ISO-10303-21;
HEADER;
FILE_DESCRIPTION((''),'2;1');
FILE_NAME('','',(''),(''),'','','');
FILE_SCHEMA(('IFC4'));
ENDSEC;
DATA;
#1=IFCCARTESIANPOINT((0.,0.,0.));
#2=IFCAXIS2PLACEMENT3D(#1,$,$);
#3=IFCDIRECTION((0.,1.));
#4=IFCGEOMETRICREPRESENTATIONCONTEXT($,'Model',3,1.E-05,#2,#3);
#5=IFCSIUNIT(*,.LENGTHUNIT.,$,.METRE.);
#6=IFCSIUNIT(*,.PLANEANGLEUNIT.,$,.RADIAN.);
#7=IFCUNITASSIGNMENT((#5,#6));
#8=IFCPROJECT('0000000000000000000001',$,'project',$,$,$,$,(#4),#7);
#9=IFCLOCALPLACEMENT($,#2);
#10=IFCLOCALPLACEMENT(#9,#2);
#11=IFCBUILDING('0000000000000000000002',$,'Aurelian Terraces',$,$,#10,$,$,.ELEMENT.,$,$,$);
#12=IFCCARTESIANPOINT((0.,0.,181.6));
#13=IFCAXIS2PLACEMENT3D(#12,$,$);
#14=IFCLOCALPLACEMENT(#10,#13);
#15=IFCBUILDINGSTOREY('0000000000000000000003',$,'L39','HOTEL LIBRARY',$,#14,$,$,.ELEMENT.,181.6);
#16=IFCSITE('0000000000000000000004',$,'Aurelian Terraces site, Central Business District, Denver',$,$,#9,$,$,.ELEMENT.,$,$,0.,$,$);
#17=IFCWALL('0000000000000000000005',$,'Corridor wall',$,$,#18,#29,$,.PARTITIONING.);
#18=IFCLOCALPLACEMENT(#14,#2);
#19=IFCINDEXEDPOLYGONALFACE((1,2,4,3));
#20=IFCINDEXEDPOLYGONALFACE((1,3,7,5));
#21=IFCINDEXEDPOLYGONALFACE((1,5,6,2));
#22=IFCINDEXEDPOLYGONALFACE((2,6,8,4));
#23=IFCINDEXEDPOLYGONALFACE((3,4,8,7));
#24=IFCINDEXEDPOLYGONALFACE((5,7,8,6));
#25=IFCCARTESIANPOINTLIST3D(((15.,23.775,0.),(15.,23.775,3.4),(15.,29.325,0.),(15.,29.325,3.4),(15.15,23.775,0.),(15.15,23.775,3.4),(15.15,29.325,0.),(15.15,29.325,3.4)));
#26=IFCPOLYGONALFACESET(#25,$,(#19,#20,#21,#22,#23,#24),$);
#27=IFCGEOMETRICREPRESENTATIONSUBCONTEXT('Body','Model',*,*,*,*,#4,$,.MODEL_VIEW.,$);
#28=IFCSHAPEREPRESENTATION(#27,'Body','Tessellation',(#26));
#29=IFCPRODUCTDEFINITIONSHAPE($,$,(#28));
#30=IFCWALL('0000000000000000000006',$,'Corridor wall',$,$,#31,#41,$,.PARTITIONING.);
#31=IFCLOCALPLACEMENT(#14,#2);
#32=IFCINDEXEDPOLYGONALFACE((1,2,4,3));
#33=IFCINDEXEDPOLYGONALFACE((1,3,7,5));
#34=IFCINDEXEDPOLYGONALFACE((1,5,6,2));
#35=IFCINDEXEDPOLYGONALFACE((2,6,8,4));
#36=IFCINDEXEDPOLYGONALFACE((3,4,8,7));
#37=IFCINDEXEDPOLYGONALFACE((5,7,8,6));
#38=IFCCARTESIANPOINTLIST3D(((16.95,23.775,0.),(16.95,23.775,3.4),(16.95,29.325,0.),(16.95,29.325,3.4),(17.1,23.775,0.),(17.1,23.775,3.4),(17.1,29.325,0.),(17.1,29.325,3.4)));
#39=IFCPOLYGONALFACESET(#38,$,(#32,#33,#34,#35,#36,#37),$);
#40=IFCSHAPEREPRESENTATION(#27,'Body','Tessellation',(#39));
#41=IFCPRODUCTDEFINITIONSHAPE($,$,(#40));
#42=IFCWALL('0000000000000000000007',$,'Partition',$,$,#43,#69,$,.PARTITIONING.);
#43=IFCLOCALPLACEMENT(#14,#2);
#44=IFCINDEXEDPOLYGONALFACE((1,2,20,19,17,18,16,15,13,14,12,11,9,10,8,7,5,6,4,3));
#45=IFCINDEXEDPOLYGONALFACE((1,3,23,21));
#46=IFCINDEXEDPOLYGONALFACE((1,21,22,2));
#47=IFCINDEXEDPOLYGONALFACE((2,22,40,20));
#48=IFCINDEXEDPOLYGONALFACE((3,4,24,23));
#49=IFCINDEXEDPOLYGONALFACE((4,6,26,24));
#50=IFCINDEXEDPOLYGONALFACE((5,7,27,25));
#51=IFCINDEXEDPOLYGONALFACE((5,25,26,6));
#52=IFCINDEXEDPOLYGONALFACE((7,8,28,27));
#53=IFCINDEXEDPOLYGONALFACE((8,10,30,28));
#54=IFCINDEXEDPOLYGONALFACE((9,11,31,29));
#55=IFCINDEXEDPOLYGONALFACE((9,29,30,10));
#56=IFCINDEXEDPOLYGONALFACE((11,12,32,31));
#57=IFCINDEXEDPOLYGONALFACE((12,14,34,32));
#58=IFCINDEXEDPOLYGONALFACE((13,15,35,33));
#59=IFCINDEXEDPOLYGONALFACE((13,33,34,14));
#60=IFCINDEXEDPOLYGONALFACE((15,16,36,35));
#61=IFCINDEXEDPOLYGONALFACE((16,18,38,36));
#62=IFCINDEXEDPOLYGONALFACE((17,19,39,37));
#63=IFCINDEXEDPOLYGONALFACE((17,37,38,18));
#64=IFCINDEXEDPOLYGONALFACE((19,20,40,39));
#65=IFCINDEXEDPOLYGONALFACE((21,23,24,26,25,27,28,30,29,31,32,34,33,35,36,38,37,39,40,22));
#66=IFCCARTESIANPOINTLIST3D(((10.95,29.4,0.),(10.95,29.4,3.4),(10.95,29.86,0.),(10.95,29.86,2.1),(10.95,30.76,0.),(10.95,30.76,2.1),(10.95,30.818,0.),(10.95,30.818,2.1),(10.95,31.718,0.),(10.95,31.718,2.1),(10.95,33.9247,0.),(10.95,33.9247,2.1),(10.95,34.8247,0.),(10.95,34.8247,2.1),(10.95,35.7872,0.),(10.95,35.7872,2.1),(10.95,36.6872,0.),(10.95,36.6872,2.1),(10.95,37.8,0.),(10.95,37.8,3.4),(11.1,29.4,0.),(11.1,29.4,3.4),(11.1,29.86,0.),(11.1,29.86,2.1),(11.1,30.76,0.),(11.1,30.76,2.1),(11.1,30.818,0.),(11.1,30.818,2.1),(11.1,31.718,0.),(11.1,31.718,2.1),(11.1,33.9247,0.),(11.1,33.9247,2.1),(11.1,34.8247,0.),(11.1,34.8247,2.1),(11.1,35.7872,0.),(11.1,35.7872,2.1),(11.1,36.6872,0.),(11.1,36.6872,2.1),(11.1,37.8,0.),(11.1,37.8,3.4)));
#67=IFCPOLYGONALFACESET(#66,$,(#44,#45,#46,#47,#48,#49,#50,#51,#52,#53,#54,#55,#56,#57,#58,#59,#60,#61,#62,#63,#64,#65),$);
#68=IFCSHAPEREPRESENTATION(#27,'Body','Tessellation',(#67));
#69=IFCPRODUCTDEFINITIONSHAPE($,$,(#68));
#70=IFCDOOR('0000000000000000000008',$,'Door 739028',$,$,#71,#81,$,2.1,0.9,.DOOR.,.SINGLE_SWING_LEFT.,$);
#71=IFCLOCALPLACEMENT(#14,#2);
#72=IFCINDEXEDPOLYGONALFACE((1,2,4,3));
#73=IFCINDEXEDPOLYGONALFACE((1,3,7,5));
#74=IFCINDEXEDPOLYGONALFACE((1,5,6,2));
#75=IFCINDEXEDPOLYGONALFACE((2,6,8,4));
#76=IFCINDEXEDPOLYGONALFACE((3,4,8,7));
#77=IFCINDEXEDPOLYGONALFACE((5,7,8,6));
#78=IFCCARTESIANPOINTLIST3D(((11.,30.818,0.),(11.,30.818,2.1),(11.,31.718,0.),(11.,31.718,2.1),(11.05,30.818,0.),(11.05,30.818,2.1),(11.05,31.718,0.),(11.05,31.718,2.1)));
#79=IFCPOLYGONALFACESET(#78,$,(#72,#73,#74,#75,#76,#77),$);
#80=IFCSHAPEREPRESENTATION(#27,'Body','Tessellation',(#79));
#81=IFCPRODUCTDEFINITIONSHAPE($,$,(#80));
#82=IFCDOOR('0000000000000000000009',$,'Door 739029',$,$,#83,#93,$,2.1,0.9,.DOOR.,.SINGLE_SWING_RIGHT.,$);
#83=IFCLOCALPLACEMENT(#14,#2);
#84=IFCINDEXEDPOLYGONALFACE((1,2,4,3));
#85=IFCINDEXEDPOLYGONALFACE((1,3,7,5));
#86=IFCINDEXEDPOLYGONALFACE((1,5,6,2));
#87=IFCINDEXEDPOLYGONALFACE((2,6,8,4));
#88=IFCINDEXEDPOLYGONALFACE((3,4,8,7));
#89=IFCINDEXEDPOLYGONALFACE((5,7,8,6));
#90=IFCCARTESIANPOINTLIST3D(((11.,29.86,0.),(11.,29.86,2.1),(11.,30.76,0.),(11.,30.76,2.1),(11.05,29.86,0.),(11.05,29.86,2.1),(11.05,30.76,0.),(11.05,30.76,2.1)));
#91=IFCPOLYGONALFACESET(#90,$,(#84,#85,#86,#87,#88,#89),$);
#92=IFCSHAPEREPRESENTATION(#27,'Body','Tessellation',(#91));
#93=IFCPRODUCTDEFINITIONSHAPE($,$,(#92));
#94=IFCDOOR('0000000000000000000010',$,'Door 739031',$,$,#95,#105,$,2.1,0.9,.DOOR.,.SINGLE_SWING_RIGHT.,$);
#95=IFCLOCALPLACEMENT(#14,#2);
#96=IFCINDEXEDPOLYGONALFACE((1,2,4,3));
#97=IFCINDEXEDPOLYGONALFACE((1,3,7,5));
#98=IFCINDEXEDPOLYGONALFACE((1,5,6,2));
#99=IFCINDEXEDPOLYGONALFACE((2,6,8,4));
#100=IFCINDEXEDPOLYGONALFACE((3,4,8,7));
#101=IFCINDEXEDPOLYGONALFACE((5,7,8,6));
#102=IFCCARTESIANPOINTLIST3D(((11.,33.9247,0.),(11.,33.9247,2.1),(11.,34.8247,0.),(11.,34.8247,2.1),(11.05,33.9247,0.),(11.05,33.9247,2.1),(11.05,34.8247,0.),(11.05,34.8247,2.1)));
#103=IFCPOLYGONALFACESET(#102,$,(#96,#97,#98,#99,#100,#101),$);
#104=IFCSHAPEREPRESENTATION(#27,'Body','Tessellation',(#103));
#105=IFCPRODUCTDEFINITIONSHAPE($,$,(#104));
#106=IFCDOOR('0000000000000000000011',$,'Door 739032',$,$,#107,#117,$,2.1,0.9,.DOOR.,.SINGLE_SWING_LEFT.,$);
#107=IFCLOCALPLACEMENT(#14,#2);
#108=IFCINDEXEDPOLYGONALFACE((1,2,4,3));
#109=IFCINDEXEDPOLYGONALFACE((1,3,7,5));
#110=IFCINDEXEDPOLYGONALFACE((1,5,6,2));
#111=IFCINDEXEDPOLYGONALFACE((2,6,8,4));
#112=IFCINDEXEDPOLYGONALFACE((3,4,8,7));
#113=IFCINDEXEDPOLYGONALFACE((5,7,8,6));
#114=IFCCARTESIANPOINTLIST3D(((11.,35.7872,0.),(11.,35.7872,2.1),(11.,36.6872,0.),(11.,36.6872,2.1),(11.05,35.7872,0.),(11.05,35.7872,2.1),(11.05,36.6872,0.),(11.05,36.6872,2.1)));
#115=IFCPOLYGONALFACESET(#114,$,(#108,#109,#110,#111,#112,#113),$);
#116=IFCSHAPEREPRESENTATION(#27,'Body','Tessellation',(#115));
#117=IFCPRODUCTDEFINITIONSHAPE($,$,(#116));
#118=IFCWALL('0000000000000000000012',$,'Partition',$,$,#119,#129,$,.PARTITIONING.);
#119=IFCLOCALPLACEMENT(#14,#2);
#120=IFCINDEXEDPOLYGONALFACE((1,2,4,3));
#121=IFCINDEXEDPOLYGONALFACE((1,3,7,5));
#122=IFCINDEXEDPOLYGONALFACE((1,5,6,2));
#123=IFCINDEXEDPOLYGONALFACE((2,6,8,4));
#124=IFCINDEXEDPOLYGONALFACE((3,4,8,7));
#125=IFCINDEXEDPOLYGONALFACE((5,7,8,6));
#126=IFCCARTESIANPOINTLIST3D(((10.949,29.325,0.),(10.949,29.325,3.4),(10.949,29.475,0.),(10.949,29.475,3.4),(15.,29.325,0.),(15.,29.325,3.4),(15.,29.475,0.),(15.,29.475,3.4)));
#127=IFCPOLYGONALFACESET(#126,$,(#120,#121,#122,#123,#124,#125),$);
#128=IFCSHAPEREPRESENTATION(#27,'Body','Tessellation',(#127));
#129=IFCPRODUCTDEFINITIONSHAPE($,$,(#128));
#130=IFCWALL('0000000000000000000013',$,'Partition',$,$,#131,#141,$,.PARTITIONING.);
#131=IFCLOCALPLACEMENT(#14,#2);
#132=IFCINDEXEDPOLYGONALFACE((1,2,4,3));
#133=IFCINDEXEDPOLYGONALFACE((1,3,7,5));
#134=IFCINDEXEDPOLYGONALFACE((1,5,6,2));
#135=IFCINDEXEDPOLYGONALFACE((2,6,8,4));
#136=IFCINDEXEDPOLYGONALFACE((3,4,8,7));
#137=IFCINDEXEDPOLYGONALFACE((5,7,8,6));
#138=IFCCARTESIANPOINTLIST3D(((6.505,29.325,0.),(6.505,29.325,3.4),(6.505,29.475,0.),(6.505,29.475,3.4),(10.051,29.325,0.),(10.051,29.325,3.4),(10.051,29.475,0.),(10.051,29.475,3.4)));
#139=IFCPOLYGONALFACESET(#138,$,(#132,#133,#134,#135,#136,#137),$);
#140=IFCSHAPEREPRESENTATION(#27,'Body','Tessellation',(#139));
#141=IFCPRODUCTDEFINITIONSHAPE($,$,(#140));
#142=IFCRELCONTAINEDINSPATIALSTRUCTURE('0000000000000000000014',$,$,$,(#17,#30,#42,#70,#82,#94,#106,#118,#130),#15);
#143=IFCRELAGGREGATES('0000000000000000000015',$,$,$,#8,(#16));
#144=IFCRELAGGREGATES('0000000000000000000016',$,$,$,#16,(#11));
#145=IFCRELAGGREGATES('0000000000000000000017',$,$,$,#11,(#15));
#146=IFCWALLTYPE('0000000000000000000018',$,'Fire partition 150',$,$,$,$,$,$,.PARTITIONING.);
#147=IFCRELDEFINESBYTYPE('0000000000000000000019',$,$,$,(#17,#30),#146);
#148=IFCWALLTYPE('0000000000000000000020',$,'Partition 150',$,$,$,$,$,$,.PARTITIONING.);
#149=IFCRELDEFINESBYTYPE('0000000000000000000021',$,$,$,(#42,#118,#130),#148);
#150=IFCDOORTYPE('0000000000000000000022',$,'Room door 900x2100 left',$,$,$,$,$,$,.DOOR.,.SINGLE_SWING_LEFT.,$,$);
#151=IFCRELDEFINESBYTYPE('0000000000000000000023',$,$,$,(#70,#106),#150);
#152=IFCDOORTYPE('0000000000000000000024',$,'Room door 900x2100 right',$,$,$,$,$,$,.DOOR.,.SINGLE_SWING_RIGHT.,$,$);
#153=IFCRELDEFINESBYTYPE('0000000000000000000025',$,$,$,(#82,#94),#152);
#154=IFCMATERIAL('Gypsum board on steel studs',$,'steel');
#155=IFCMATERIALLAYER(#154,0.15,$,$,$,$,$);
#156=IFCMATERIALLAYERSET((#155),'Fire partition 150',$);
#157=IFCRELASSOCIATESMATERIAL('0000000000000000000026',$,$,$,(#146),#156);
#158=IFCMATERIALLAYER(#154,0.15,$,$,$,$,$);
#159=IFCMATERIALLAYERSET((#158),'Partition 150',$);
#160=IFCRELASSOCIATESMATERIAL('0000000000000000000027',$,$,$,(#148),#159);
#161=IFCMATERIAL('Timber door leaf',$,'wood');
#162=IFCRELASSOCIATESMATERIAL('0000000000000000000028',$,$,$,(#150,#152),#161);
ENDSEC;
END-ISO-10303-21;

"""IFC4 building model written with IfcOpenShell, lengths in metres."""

from ifc_helpers import new_model, si_unit, direction, frame, frame_2d, origin, place, context, subcontext, project, spatial, rectangle, extrude, source, transform, mapped, material, layer, layer_set, type_object, element, fill, save


model = new_model("IFC4")

# Units and contexts
model_context = context("Model", 3, precision=1e-05, world=origin(), true_north=direction((0.0, 1.0)))
body_context = subcontext(model_context, "Body", "Model", "MODEL_VIEW")
ifc_project = project(units=[si_unit("LENGTHUNIT", "METRE"), si_unit("PLANEANGLEUNIT", "RADIAN")], contexts=[model_context])

# Site, building, storey
site_placement = place(None, origin())
site = spatial("IfcSite", under=ifc_project, at=site_placement, Name="Aurelian Terraces site, Central Business District, Denver", CompositionType="ELEMENT", RefElevation=0.0)
building_placement = place(site_placement, origin())
building = spatial("IfcBuilding", under=site, at=building_placement, Name="Aurelian Terraces", CompositionType="ELEMENT")
storey_placement = place(building_placement, frame((0.0, 0.0, 181.6)))
storey = spatial("IfcBuildingStorey", under=building, at=storey_placement, Name="L39", Description="HOTEL LIBRARY", CompositionType="ELEMENT", Elevation=181.6)

# Walls
ifc_material_1 = material(Name="Gypsum board on steel studs", Category="steel")
ifc_layer_1 = layer(ifc_material_1, 0.15)
ifc_layer_set_1 = layer_set([ifc_layer_1], Name="Fire partition 150")
wall_type_1 = type_object("IfcWallType", Name="Fire partition 150", PredefinedType="PARTITIONING", material=ifc_layer_set_1)
shared_shape_1 = source(origin(), body_context, "Body", "SweptSolid", [
    extrude(rectangle(XDim=5.55, YDim=0.15, at=frame_2d((2.775, 0.0))), origin(), (0.0, 0.0, 1.0), 3.4),
])
for number, where, z_axis, x_axis, name in (
    (1, (15.075, 23.775, 0.0), (0.0, 0.0, 1.0), (0.0, 1.0, 0.0), "Corridor wall"),
    (2, (17.025, 29.325, 0.0), (0.0, 0.0, 1.0), (0.0, -1.0, 0.0), "Corridor wall"),
):
    element("IfcWall", number, at=place(storey_placement, frame(where, z_axis=z_axis, x_axis=x_axis)), inside=storey, type_object=wall_type_1, Name=name, PredefinedType="PARTITIONING", context=body_context, shape_type="MappedRepresentation", body=[
        mapped(shared_shape_1, transform((0.0, 0.0, 0.0), scale=1.0)),
    ])

# Wall, openings, doors
ifc_layer_2 = layer(ifc_material_1, 0.15)
ifc_layer_set_2 = layer_set([ifc_layer_2], Name="Partition 150")
wall_type_2 = type_object("IfcWallType", Name="Partition 150", PredefinedType="PARTITIONING", material=ifc_layer_set_2)
shared_shape_2 = source(origin(), body_context, "Body", "SweptSolid", [
    extrude(rectangle(XDim=8.4, YDim=0.15, at=frame_2d((4.2, 0.0))), origin(), (0.0, 0.0, 1.0), 3.4),
])
wall_1_placement = place(storey_placement, frame((11.025, 29.4, 0.0), z_axis=(0.0, 0.0, 1.0), x_axis=(0.0, 1.0, 0.0)))
wall_1 = element("IfcWall", 3, at=wall_1_placement, inside=storey, type_object=wall_type_2, Name="Partition", PredefinedType="PARTITIONING", context=body_context, shape_type="MappedRepresentation", body=[
    mapped(shared_shape_2, transform((0.0, 0.0, 0.0), scale=1.0)),
])
shared_shape_3 = source(origin(), body_context, "Body", "SweptSolid", [
    extrude(rectangle(XDim=0.9, YDim=2.1, at=frame_2d((0.45, 1.05))), frame((0.0, 0.085, 0.0), z_axis=(0.0, -1.0, 0.0), x_axis=(1.0, 0.0, 0.0)), (0.0, 0.0, 1.0), 0.17),
])
opening_1_placement = place(wall_1_placement, frame((1.418, 0.0, 0.0)))
opening_1 = element("IfcOpeningElement", 4, at=opening_1_placement, cuts=wall_1, PredefinedType="OPENING", context=body_context, shape_type="MappedRepresentation", body=[
    mapped(shared_shape_3, transform((0.0, 0.0, 0.0), scale=1.0)),
])
opening_2_placement = place(wall_1_placement, frame((0.46, 0.0, 0.0)))
opening_2 = element("IfcOpeningElement", 5, at=opening_2_placement, cuts=wall_1, PredefinedType="OPENING", context=body_context, shape_type="MappedRepresentation", body=[
    mapped(shared_shape_3, transform((0.0, 0.0, 0.0), scale=1.0)),
])
opening_3_placement = place(wall_1_placement, frame((4.5247, 0.0, 0.0)))
opening_3 = element("IfcOpeningElement", 6, at=opening_3_placement, cuts=wall_1, PredefinedType="OPENING", context=body_context, shape_type="MappedRepresentation", body=[
    mapped(shared_shape_3, transform((0.0, 0.0, 0.0), scale=1.0)),
])
opening_4_placement = place(wall_1_placement, frame((6.3872, 0.0, 0.0)))
opening_4 = element("IfcOpeningElement", 7, at=opening_4_placement, cuts=wall_1, PredefinedType="OPENING", context=body_context, shape_type="MappedRepresentation", body=[
    mapped(shared_shape_3, transform((0.0, 0.0, 0.0), scale=1.0)),
])
ifc_material_2 = material(Name="Timber door leaf", Category="wood")
door_type_1 = type_object("IfcDoorType", Name="Room door 900x2100 left", OperationType="SINGLE_SWING_LEFT", PredefinedType="DOOR", material=ifc_material_2)
shared_shape_4 = source(origin(), body_context, "Body", "SweptSolid", [
    extrude(rectangle(XDim=0.9, YDim=2.1, at=frame_2d((0.45, 1.05))), frame((0.0, 0.025, 0.0), z_axis=(0.0, -1.0, 0.0), x_axis=(1.0, 0.0, 0.0)), (0.0, 0.0, 1.0), 0.05),
])
door_1_placement = place(opening_1_placement, origin())
door_1 = element("IfcDoor", 8, at=door_1_placement, inside=storey, type_object=door_type_1, Name="Door 739028", OperationType="SINGLE_SWING_LEFT", OverallHeight=2.1, OverallWidth=0.9, PredefinedType="DOOR", context=body_context, shape_type="MappedRepresentation", body=[
    mapped(shared_shape_4, transform((0.0, 0.0, 0.0), scale=1.0)),
])
fill(opening_1, door_1)
door_type_2 = type_object("IfcDoorType", Name="Room door 900x2100 right", OperationType="SINGLE_SWING_RIGHT", PredefinedType="DOOR", material=ifc_material_2)
door_2_placement = place(opening_2_placement, origin())
door_2 = element("IfcDoor", 9, at=door_2_placement, inside=storey, type_object=door_type_2, Name="Door 739029", OperationType="SINGLE_SWING_RIGHT", OverallHeight=2.1, OverallWidth=0.9, PredefinedType="DOOR", context=body_context, shape_type="MappedRepresentation", body=[
    mapped(shared_shape_4, transform((0.0, 0.0, 0.0), scale=1.0)),
])
fill(opening_2, door_2)
door_3_placement = place(opening_3_placement, origin())
door_3 = element("IfcDoor", 10, at=door_3_placement, inside=storey, type_object=door_type_2, Name="Door 739031", OperationType="SINGLE_SWING_RIGHT", OverallHeight=2.1, OverallWidth=0.9, PredefinedType="DOOR", context=body_context, shape_type="MappedRepresentation", body=[
    mapped(shared_shape_4, transform((0.0, 0.0, 0.0), scale=1.0)),
])
fill(opening_3, door_3)
door_4_placement = place(opening_4_placement, origin())
door_4 = element("IfcDoor", 11, at=door_4_placement, inside=storey, type_object=door_type_1, Name="Door 739032", OperationType="SINGLE_SWING_LEFT", OverallHeight=2.1, OverallWidth=0.9, PredefinedType="DOOR", context=body_context, shape_type="MappedRepresentation", body=[
    mapped(shared_shape_4, transform((0.0, 0.0, 0.0), scale=1.0)),
])
fill(opening_4, door_4)

# Walls
shared_shape_5 = source(origin(), body_context, "Body", "SweptSolid", [
    extrude(rectangle(XDim=4.051, YDim=0.15, at=frame_2d((2.0255, 0.0))), origin(), (0.0, 0.0, 1.0), 3.4),
])
wall_2_placement = place(storey_placement, frame((15.0, 29.4, 0.0), z_axis=(0.0, 0.0, 1.0), x_axis=(-1.0, 0.0, 0.0)))
element("IfcWall", 12, at=wall_2_placement, inside=storey, type_object=wall_type_2, Name="Partition", PredefinedType="PARTITIONING", context=body_context, shape_type="MappedRepresentation", body=[
    mapped(shared_shape_5, transform((0.0, 0.0, 0.0), scale=1.0)),
])
shared_shape_6 = source(origin(), body_context, "Body", "SweptSolid", [
    extrude(rectangle(XDim=3.546, YDim=0.15, at=frame_2d((1.773, 0.0))), origin(), (0.0, 0.0, 1.0), 3.4),
])
wall_3_placement = place(storey_placement, frame((10.051, 29.4, 0.0), z_axis=(0.0, 0.0, 1.0), x_axis=(-1.0, 0.0, 0.0)))
element("IfcWall", 13, at=wall_3_placement, inside=storey, type_object=wall_type_2, Name="Partition", PredefinedType="PARTITIONING", context=body_context, shape_type="MappedRepresentation", body=[
    mapped(shared_shape_6, transform((0.0, 0.0, 0.0), scale=1.0)),
])

save(model, "model.ifc")
